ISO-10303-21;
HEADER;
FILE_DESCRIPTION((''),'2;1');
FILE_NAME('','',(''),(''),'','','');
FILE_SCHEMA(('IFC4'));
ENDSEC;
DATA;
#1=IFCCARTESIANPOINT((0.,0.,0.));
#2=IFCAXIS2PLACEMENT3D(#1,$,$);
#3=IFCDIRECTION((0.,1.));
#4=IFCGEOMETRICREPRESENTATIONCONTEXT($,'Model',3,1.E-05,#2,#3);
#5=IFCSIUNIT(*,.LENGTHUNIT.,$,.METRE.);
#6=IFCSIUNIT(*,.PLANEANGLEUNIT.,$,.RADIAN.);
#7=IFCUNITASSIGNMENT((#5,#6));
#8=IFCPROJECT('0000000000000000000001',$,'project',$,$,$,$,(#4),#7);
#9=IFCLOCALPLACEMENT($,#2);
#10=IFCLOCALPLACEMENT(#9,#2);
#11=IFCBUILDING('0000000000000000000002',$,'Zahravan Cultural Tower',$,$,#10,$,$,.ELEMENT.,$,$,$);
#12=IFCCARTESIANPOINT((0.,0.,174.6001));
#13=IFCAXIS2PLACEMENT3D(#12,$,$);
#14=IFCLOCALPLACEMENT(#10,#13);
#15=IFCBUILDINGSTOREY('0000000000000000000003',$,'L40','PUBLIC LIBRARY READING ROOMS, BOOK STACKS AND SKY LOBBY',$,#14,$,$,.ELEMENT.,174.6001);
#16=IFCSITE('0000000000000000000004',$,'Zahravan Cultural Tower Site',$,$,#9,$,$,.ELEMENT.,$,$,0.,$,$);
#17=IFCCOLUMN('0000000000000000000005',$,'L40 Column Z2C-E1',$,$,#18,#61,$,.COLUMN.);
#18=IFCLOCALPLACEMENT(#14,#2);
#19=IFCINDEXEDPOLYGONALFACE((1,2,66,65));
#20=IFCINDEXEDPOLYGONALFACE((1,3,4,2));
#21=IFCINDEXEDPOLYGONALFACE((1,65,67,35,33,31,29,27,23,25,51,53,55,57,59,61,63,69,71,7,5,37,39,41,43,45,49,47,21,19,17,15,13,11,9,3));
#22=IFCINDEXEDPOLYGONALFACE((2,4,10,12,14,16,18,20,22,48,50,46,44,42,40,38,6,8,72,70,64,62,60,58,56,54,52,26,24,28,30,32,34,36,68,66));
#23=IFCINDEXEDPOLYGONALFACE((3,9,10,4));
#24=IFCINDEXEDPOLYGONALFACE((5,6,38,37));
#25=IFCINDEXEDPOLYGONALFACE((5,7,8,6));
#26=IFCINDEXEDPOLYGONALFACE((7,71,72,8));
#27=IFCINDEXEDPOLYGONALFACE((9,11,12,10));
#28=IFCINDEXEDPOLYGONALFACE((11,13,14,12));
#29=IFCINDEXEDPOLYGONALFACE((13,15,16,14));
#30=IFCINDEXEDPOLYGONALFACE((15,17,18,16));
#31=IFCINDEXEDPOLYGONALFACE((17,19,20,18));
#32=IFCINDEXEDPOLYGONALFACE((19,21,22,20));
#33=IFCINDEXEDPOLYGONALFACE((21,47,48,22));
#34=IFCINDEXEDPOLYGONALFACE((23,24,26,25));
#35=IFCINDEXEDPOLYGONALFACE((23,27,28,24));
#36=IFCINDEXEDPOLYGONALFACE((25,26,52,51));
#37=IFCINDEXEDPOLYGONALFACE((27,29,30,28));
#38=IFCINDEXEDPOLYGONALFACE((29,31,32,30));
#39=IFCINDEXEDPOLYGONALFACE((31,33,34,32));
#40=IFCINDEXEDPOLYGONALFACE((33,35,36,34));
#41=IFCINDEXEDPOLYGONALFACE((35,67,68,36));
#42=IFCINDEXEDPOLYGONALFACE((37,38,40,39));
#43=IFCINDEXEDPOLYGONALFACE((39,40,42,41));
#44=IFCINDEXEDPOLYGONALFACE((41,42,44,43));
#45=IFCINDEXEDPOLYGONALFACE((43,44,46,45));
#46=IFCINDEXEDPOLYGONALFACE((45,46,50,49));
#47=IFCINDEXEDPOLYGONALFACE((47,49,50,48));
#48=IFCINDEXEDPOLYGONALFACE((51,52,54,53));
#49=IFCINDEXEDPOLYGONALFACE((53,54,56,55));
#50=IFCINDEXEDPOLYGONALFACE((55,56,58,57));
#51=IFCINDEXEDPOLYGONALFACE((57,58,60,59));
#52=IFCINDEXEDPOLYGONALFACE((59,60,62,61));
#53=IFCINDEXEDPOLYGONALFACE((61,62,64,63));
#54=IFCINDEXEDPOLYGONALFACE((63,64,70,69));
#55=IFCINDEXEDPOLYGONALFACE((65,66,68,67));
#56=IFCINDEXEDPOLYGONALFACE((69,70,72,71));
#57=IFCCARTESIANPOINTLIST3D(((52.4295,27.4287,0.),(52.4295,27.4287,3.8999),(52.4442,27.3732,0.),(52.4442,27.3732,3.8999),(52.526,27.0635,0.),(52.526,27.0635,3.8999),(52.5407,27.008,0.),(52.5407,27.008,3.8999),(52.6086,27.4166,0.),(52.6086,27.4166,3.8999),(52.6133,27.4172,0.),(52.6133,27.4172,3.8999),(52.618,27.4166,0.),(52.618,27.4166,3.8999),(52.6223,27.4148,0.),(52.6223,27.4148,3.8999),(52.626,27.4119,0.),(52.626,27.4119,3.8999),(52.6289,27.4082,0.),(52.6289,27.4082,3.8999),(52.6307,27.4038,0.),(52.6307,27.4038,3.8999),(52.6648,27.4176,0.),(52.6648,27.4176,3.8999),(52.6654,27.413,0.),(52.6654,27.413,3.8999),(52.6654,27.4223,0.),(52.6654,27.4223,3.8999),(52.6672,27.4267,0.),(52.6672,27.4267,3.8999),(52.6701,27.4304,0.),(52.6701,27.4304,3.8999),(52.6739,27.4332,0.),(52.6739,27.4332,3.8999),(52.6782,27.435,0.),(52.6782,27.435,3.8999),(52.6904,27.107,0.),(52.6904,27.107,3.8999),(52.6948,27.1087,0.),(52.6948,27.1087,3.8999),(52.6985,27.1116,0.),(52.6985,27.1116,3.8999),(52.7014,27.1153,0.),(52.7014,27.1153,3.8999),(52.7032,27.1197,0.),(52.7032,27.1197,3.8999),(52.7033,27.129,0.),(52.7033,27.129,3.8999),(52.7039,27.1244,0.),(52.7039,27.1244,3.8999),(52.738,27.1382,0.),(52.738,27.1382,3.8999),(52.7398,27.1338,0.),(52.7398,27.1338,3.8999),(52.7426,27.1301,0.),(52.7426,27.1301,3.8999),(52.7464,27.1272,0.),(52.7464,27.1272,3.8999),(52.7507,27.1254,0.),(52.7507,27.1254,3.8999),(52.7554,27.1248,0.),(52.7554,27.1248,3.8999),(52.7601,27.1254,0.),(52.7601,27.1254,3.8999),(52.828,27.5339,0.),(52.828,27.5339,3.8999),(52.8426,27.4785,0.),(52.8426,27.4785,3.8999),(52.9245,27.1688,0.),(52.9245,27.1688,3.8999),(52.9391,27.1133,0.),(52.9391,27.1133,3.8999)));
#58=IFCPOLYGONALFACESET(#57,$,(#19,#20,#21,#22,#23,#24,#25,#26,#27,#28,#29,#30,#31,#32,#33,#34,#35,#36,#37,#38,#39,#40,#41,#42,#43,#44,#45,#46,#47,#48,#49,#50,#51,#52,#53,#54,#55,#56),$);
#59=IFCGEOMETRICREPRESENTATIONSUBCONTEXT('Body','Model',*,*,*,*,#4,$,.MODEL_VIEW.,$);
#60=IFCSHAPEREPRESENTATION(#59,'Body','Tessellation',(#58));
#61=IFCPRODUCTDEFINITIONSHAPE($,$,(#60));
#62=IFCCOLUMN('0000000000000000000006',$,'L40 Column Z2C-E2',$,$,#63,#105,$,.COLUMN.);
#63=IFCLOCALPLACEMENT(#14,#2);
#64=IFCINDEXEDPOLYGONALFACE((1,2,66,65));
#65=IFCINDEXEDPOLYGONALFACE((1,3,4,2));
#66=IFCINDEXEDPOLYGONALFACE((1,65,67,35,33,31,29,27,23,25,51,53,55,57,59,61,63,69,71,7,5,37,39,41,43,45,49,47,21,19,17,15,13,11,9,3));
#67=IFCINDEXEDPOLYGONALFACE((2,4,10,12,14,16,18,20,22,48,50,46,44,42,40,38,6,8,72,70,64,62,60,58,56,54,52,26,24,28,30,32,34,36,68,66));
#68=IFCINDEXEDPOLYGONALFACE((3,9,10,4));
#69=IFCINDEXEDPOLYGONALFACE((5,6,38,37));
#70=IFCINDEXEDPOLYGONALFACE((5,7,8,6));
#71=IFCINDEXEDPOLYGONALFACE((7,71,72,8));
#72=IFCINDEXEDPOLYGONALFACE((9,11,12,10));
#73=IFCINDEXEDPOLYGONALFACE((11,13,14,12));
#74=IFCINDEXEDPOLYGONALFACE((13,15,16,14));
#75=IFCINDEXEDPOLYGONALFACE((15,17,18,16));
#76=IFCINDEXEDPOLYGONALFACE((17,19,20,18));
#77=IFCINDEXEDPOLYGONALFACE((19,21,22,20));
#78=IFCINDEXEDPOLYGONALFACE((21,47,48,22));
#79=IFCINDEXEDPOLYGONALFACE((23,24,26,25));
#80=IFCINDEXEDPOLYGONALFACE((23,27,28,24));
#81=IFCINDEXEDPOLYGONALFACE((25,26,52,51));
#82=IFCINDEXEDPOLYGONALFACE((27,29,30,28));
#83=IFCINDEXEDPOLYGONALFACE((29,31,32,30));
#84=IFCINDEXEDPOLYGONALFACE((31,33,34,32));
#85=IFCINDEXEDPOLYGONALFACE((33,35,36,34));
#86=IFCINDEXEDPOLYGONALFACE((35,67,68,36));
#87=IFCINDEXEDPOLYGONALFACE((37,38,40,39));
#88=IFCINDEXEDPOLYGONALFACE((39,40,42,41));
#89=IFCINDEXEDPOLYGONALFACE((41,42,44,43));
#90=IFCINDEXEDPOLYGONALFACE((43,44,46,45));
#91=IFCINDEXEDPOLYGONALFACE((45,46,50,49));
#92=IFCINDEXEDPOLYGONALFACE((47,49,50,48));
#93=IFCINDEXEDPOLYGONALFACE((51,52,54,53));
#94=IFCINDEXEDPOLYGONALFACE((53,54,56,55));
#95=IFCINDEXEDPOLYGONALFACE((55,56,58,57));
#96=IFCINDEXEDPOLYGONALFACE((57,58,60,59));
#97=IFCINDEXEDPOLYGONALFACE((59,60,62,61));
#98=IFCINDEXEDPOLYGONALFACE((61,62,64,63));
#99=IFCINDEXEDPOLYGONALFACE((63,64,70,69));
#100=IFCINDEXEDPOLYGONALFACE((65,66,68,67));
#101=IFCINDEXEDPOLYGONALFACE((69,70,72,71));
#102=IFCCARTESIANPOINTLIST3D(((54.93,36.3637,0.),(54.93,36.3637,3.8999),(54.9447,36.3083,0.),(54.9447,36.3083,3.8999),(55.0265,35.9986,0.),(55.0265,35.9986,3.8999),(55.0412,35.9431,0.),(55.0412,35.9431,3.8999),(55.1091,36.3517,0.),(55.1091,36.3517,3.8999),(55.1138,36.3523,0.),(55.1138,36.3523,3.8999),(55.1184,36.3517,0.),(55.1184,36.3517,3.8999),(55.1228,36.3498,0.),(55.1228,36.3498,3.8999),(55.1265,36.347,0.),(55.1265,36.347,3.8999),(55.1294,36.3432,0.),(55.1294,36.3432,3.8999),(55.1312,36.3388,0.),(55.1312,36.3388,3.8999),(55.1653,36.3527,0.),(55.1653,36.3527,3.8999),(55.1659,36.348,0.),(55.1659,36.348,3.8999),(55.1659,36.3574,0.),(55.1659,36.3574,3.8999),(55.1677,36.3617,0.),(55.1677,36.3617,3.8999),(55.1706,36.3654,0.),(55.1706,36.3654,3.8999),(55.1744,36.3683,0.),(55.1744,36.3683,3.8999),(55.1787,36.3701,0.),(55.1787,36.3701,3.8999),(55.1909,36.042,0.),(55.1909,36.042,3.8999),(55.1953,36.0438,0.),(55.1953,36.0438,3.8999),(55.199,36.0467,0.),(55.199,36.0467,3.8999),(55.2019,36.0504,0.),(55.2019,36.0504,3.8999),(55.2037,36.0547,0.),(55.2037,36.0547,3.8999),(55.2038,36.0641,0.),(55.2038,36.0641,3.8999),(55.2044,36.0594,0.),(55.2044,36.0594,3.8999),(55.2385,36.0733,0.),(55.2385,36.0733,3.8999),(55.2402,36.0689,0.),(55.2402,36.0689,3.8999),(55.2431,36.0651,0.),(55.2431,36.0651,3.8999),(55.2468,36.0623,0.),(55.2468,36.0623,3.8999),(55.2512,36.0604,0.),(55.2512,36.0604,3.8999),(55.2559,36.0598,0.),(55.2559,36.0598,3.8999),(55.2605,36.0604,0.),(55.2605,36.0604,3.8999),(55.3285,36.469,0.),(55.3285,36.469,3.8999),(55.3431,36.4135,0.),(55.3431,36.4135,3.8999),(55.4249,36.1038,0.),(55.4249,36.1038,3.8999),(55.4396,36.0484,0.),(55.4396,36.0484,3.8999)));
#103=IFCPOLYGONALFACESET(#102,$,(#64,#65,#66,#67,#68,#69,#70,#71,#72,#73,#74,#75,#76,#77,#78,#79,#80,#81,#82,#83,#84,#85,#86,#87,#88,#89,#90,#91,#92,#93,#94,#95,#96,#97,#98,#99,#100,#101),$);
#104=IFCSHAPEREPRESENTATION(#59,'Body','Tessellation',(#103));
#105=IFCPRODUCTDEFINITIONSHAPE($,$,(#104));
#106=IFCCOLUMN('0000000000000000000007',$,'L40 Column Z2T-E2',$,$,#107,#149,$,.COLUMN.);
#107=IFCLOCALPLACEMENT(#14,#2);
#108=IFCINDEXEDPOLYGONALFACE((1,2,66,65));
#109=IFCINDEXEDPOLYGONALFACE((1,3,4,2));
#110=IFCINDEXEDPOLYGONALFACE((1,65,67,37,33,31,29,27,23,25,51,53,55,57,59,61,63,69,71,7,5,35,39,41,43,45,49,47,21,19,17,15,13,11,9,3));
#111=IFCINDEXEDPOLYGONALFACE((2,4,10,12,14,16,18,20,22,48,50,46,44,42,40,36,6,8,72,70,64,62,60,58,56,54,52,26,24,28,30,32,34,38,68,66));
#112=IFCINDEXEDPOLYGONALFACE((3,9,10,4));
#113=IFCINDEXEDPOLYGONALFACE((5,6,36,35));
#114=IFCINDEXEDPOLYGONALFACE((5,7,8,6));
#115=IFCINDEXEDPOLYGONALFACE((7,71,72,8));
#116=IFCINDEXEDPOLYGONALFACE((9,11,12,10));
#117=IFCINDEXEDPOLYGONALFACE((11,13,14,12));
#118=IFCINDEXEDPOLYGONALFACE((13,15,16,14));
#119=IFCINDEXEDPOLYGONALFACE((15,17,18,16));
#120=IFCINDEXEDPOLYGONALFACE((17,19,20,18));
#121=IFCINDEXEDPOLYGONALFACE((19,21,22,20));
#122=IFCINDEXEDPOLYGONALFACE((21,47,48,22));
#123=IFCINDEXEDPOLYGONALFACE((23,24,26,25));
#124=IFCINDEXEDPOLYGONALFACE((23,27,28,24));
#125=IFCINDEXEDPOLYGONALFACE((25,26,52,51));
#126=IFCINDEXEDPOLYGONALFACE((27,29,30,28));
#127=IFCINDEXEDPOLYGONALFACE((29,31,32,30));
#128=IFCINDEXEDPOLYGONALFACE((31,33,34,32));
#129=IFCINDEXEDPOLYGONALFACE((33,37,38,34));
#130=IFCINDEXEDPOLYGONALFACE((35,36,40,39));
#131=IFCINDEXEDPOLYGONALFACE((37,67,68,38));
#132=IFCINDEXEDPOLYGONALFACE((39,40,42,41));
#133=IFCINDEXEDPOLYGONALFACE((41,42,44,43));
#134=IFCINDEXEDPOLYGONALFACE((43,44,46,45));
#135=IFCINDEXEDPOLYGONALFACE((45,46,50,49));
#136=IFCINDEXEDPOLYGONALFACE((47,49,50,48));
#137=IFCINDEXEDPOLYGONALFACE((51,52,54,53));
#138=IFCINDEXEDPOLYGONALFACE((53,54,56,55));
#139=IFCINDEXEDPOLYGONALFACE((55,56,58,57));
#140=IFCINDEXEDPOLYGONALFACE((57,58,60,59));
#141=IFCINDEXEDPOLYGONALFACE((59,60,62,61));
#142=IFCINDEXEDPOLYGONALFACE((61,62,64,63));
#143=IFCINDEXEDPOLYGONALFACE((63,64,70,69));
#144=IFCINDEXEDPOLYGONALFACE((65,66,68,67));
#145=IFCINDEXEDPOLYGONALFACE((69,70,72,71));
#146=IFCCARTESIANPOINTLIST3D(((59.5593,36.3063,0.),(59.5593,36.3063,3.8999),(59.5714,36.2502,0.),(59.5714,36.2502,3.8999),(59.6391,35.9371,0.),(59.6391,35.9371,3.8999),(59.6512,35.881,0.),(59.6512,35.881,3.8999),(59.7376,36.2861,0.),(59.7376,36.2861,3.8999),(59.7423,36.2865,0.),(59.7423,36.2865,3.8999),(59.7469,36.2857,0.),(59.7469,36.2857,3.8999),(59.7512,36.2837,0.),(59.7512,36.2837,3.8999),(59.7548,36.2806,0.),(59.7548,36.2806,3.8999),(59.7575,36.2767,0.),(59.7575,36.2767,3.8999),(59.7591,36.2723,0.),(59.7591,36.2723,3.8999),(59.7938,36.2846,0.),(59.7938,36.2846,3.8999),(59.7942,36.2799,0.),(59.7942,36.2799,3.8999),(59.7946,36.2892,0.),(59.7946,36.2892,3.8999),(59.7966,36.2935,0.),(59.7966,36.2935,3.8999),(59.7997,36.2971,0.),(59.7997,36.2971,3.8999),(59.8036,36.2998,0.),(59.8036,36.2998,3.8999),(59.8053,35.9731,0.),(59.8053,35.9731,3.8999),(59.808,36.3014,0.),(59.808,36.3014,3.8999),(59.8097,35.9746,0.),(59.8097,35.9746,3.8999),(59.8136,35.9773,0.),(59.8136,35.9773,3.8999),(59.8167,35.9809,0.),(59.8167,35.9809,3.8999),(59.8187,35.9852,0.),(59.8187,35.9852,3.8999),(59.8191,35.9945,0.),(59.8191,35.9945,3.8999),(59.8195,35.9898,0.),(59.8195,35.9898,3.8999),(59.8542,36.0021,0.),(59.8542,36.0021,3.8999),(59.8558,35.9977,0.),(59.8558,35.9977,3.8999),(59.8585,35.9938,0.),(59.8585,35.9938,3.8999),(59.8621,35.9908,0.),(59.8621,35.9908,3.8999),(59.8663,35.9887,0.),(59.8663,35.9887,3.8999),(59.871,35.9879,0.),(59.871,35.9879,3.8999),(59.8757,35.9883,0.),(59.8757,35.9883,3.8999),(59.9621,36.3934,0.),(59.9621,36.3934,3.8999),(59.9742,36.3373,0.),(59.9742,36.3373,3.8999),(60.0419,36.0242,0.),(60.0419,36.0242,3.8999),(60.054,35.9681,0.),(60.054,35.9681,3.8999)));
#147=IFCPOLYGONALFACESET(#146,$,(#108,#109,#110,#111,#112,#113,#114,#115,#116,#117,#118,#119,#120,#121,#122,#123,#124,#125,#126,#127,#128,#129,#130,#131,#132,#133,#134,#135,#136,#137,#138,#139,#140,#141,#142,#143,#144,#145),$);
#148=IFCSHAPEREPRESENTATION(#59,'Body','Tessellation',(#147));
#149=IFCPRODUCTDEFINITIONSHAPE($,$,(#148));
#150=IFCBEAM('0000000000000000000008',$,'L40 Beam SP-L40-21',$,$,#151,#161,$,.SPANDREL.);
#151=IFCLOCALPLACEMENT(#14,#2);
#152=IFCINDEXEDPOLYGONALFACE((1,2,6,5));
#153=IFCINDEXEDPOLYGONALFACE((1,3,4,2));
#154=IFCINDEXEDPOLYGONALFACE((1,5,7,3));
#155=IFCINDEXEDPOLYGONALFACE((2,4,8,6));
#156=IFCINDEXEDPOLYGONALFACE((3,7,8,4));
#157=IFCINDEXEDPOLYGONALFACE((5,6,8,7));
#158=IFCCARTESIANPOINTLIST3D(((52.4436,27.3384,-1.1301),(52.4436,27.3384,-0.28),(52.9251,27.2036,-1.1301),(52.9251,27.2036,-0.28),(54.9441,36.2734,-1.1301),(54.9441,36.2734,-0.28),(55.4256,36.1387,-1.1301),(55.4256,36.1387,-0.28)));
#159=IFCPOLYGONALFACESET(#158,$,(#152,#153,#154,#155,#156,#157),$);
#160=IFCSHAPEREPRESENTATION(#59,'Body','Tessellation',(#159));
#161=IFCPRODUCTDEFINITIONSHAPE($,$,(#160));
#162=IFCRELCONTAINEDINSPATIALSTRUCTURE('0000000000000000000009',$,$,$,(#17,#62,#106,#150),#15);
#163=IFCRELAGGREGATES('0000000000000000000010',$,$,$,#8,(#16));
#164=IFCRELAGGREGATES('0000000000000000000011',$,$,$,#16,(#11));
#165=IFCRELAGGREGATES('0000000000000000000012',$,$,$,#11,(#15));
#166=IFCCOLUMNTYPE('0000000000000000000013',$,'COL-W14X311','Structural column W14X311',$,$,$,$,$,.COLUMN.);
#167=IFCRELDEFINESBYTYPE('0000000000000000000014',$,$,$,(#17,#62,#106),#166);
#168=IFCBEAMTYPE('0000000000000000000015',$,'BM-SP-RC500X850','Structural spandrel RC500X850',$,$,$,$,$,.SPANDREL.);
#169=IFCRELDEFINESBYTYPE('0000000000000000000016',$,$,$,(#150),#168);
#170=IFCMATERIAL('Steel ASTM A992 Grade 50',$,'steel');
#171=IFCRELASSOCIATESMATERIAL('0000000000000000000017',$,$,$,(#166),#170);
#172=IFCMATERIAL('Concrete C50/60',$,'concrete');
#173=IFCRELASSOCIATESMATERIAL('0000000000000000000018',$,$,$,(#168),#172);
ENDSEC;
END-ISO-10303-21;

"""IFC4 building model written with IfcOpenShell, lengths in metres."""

from ifc_helpers import new_model, si_unit, direction, frame, origin, origin_2d, place, context, subcontext, project, spatial, rectangle, i_section, extrude, source, transform, mapped, material, material_profile, profile_set, type_object, element, save


model = new_model("IFC4")

# Units and contexts
model_context = context("Model", 3, precision=1e-05, world=origin(), true_north=direction((0.0, 1.0)))
body_context = subcontext(model_context, "Body", "Model", "MODEL_VIEW")
ifc_project = project(units=[si_unit("LENGTHUNIT", "METRE"), si_unit("PLANEANGLEUNIT", "RADIAN")], contexts=[model_context])

# Site, building, storey
site_placement = place(None, origin())
site = spatial("IfcSite", under=ifc_project, at=site_placement, Name="Zahravan Cultural Tower Site", CompositionType="ELEMENT", RefElevation=0.0)
building_placement = place(site_placement, origin())
building = spatial("IfcBuilding", under=site, at=building_placement, Name="Zahravan Cultural Tower", CompositionType="ELEMENT")
storey_placement = place(building_placement, frame((0.0, 0.0, 174.6001)))
storey = spatial("IfcBuildingStorey", under=building, at=storey_placement, Name="L40", Description="PUBLIC LIBRARY READING ROOMS, BOOK STACKS AND SKY LOBBY", CompositionType="ELEMENT", Elevation=174.6001)

# Columns
ifc_material_1 = material(Name="Steel ASTM A992 Grade 50", Category="steel")
ifc_material_profile_1 = material_profile(ifc_material_1, i_section(OverallWidth=0.4121, OverallDepth=0.4351, WebThickness=0.0359, FlangeThickness=0.0574, FilletRadius=0.0181, at=origin_2d()), Name="W14X311")
ifc_profile_set_1 = profile_set([ifc_material_profile_1], Name="Steel ASTM A992 Grade 50")
column_type = type_object("IfcColumnType", Name="COL-W14X311", Description="Structural column W14X311", PredefinedType="COLUMN", material=ifc_profile_set_1)
shared_shape_1 = source(origin(), body_context, "Body", "SweptSolid", [
    extrude(i_section(OverallWidth=0.4121, OverallDepth=0.4351, WebThickness=0.0359, FlangeThickness=0.0574, FilletRadius=0.0181, at=origin_2d()), origin(), (0.0, 0.0, 1.0), 3.8999),
])
for number, where, z_axis, x_axis, name in (
    (1, (52.6843, 27.271, 0.0), (0.0, 0.0, 1.0), (0.966823, 0.255446, 0.0), "L40 Column Z2C-E1"),
    (2, (55.1848, 36.2061, 0.0), (0.0, 0.0, 1.0), (0.966823, 0.255446, 0.0), "L40 Column Z2C-E2"),
    (3, (59.8066, 36.1372, 0.0), (0.0, 0.0, 1.0), (0.977416, 0.211325, 0.0), "L40 Column Z2T-E2"),
):
    element("IfcColumn", number, at=place(storey_placement, frame(where, z_axis=z_axis, x_axis=x_axis)), inside=storey, type_object=column_type, Name=name, PredefinedType="COLUMN", context=body_context, shape_type="MappedRepresentation", body=[
        mapped(shared_shape_1, transform((0.0, 0.0, 0.0), x_axis=(1.0, 0.0, 0.0), y_axis=(0.0, 1.0, 0.0), z_axis=(0.0, 0.0, 1.0), scale=1.0)),
    ])

# Beam
ifc_material_2 = material(Name="Concrete C50/60", Category="concrete")
ifc_material_profile_2 = material_profile(ifc_material_2, rectangle(XDim=0.5, YDim=0.8501, at=origin_2d()), Name="RC500X850")
ifc_profile_set_2 = profile_set([ifc_material_profile_2], Name="Concrete C50/60")
beam_type_1 = type_object("IfcBeamType", Name="BM-SP-RC500X850", Description="Structural spandrel RC500X850", PredefinedType="SPANDREL", material=ifc_profile_set_2)
shared_shape_2 = source(origin(), body_context, "Body", "SweptSolid", [
    extrude(rectangle(XDim=0.5, YDim=0.8501, at=origin_2d()), origin(), (0.0, 0.0, 1.0), 9.2783),
])
beam_1_placement = place(storey_placement, frame((52.6843, 27.271, -0.7051), z_axis=(0.269497, 0.963001, 0.0), x_axis=(-0.963001, 0.269497, 0.0)))
element("IfcBeam", 4, at=beam_1_placement, inside=storey, type_object=beam_type_1, Name="L40 Beam SP-L40-21", PredefinedType="SPANDREL", context=body_context, shape_type="MappedRepresentation", body=[
    mapped(shared_shape_2, transform((0.0, 0.0, 0.0), x_axis=(1.0, 0.0, 0.0), y_axis=(0.0, 1.0, 0.0), z_axis=(0.0, 0.0, 1.0), scale=1.0)),
])

save(model, "model.ifc")
